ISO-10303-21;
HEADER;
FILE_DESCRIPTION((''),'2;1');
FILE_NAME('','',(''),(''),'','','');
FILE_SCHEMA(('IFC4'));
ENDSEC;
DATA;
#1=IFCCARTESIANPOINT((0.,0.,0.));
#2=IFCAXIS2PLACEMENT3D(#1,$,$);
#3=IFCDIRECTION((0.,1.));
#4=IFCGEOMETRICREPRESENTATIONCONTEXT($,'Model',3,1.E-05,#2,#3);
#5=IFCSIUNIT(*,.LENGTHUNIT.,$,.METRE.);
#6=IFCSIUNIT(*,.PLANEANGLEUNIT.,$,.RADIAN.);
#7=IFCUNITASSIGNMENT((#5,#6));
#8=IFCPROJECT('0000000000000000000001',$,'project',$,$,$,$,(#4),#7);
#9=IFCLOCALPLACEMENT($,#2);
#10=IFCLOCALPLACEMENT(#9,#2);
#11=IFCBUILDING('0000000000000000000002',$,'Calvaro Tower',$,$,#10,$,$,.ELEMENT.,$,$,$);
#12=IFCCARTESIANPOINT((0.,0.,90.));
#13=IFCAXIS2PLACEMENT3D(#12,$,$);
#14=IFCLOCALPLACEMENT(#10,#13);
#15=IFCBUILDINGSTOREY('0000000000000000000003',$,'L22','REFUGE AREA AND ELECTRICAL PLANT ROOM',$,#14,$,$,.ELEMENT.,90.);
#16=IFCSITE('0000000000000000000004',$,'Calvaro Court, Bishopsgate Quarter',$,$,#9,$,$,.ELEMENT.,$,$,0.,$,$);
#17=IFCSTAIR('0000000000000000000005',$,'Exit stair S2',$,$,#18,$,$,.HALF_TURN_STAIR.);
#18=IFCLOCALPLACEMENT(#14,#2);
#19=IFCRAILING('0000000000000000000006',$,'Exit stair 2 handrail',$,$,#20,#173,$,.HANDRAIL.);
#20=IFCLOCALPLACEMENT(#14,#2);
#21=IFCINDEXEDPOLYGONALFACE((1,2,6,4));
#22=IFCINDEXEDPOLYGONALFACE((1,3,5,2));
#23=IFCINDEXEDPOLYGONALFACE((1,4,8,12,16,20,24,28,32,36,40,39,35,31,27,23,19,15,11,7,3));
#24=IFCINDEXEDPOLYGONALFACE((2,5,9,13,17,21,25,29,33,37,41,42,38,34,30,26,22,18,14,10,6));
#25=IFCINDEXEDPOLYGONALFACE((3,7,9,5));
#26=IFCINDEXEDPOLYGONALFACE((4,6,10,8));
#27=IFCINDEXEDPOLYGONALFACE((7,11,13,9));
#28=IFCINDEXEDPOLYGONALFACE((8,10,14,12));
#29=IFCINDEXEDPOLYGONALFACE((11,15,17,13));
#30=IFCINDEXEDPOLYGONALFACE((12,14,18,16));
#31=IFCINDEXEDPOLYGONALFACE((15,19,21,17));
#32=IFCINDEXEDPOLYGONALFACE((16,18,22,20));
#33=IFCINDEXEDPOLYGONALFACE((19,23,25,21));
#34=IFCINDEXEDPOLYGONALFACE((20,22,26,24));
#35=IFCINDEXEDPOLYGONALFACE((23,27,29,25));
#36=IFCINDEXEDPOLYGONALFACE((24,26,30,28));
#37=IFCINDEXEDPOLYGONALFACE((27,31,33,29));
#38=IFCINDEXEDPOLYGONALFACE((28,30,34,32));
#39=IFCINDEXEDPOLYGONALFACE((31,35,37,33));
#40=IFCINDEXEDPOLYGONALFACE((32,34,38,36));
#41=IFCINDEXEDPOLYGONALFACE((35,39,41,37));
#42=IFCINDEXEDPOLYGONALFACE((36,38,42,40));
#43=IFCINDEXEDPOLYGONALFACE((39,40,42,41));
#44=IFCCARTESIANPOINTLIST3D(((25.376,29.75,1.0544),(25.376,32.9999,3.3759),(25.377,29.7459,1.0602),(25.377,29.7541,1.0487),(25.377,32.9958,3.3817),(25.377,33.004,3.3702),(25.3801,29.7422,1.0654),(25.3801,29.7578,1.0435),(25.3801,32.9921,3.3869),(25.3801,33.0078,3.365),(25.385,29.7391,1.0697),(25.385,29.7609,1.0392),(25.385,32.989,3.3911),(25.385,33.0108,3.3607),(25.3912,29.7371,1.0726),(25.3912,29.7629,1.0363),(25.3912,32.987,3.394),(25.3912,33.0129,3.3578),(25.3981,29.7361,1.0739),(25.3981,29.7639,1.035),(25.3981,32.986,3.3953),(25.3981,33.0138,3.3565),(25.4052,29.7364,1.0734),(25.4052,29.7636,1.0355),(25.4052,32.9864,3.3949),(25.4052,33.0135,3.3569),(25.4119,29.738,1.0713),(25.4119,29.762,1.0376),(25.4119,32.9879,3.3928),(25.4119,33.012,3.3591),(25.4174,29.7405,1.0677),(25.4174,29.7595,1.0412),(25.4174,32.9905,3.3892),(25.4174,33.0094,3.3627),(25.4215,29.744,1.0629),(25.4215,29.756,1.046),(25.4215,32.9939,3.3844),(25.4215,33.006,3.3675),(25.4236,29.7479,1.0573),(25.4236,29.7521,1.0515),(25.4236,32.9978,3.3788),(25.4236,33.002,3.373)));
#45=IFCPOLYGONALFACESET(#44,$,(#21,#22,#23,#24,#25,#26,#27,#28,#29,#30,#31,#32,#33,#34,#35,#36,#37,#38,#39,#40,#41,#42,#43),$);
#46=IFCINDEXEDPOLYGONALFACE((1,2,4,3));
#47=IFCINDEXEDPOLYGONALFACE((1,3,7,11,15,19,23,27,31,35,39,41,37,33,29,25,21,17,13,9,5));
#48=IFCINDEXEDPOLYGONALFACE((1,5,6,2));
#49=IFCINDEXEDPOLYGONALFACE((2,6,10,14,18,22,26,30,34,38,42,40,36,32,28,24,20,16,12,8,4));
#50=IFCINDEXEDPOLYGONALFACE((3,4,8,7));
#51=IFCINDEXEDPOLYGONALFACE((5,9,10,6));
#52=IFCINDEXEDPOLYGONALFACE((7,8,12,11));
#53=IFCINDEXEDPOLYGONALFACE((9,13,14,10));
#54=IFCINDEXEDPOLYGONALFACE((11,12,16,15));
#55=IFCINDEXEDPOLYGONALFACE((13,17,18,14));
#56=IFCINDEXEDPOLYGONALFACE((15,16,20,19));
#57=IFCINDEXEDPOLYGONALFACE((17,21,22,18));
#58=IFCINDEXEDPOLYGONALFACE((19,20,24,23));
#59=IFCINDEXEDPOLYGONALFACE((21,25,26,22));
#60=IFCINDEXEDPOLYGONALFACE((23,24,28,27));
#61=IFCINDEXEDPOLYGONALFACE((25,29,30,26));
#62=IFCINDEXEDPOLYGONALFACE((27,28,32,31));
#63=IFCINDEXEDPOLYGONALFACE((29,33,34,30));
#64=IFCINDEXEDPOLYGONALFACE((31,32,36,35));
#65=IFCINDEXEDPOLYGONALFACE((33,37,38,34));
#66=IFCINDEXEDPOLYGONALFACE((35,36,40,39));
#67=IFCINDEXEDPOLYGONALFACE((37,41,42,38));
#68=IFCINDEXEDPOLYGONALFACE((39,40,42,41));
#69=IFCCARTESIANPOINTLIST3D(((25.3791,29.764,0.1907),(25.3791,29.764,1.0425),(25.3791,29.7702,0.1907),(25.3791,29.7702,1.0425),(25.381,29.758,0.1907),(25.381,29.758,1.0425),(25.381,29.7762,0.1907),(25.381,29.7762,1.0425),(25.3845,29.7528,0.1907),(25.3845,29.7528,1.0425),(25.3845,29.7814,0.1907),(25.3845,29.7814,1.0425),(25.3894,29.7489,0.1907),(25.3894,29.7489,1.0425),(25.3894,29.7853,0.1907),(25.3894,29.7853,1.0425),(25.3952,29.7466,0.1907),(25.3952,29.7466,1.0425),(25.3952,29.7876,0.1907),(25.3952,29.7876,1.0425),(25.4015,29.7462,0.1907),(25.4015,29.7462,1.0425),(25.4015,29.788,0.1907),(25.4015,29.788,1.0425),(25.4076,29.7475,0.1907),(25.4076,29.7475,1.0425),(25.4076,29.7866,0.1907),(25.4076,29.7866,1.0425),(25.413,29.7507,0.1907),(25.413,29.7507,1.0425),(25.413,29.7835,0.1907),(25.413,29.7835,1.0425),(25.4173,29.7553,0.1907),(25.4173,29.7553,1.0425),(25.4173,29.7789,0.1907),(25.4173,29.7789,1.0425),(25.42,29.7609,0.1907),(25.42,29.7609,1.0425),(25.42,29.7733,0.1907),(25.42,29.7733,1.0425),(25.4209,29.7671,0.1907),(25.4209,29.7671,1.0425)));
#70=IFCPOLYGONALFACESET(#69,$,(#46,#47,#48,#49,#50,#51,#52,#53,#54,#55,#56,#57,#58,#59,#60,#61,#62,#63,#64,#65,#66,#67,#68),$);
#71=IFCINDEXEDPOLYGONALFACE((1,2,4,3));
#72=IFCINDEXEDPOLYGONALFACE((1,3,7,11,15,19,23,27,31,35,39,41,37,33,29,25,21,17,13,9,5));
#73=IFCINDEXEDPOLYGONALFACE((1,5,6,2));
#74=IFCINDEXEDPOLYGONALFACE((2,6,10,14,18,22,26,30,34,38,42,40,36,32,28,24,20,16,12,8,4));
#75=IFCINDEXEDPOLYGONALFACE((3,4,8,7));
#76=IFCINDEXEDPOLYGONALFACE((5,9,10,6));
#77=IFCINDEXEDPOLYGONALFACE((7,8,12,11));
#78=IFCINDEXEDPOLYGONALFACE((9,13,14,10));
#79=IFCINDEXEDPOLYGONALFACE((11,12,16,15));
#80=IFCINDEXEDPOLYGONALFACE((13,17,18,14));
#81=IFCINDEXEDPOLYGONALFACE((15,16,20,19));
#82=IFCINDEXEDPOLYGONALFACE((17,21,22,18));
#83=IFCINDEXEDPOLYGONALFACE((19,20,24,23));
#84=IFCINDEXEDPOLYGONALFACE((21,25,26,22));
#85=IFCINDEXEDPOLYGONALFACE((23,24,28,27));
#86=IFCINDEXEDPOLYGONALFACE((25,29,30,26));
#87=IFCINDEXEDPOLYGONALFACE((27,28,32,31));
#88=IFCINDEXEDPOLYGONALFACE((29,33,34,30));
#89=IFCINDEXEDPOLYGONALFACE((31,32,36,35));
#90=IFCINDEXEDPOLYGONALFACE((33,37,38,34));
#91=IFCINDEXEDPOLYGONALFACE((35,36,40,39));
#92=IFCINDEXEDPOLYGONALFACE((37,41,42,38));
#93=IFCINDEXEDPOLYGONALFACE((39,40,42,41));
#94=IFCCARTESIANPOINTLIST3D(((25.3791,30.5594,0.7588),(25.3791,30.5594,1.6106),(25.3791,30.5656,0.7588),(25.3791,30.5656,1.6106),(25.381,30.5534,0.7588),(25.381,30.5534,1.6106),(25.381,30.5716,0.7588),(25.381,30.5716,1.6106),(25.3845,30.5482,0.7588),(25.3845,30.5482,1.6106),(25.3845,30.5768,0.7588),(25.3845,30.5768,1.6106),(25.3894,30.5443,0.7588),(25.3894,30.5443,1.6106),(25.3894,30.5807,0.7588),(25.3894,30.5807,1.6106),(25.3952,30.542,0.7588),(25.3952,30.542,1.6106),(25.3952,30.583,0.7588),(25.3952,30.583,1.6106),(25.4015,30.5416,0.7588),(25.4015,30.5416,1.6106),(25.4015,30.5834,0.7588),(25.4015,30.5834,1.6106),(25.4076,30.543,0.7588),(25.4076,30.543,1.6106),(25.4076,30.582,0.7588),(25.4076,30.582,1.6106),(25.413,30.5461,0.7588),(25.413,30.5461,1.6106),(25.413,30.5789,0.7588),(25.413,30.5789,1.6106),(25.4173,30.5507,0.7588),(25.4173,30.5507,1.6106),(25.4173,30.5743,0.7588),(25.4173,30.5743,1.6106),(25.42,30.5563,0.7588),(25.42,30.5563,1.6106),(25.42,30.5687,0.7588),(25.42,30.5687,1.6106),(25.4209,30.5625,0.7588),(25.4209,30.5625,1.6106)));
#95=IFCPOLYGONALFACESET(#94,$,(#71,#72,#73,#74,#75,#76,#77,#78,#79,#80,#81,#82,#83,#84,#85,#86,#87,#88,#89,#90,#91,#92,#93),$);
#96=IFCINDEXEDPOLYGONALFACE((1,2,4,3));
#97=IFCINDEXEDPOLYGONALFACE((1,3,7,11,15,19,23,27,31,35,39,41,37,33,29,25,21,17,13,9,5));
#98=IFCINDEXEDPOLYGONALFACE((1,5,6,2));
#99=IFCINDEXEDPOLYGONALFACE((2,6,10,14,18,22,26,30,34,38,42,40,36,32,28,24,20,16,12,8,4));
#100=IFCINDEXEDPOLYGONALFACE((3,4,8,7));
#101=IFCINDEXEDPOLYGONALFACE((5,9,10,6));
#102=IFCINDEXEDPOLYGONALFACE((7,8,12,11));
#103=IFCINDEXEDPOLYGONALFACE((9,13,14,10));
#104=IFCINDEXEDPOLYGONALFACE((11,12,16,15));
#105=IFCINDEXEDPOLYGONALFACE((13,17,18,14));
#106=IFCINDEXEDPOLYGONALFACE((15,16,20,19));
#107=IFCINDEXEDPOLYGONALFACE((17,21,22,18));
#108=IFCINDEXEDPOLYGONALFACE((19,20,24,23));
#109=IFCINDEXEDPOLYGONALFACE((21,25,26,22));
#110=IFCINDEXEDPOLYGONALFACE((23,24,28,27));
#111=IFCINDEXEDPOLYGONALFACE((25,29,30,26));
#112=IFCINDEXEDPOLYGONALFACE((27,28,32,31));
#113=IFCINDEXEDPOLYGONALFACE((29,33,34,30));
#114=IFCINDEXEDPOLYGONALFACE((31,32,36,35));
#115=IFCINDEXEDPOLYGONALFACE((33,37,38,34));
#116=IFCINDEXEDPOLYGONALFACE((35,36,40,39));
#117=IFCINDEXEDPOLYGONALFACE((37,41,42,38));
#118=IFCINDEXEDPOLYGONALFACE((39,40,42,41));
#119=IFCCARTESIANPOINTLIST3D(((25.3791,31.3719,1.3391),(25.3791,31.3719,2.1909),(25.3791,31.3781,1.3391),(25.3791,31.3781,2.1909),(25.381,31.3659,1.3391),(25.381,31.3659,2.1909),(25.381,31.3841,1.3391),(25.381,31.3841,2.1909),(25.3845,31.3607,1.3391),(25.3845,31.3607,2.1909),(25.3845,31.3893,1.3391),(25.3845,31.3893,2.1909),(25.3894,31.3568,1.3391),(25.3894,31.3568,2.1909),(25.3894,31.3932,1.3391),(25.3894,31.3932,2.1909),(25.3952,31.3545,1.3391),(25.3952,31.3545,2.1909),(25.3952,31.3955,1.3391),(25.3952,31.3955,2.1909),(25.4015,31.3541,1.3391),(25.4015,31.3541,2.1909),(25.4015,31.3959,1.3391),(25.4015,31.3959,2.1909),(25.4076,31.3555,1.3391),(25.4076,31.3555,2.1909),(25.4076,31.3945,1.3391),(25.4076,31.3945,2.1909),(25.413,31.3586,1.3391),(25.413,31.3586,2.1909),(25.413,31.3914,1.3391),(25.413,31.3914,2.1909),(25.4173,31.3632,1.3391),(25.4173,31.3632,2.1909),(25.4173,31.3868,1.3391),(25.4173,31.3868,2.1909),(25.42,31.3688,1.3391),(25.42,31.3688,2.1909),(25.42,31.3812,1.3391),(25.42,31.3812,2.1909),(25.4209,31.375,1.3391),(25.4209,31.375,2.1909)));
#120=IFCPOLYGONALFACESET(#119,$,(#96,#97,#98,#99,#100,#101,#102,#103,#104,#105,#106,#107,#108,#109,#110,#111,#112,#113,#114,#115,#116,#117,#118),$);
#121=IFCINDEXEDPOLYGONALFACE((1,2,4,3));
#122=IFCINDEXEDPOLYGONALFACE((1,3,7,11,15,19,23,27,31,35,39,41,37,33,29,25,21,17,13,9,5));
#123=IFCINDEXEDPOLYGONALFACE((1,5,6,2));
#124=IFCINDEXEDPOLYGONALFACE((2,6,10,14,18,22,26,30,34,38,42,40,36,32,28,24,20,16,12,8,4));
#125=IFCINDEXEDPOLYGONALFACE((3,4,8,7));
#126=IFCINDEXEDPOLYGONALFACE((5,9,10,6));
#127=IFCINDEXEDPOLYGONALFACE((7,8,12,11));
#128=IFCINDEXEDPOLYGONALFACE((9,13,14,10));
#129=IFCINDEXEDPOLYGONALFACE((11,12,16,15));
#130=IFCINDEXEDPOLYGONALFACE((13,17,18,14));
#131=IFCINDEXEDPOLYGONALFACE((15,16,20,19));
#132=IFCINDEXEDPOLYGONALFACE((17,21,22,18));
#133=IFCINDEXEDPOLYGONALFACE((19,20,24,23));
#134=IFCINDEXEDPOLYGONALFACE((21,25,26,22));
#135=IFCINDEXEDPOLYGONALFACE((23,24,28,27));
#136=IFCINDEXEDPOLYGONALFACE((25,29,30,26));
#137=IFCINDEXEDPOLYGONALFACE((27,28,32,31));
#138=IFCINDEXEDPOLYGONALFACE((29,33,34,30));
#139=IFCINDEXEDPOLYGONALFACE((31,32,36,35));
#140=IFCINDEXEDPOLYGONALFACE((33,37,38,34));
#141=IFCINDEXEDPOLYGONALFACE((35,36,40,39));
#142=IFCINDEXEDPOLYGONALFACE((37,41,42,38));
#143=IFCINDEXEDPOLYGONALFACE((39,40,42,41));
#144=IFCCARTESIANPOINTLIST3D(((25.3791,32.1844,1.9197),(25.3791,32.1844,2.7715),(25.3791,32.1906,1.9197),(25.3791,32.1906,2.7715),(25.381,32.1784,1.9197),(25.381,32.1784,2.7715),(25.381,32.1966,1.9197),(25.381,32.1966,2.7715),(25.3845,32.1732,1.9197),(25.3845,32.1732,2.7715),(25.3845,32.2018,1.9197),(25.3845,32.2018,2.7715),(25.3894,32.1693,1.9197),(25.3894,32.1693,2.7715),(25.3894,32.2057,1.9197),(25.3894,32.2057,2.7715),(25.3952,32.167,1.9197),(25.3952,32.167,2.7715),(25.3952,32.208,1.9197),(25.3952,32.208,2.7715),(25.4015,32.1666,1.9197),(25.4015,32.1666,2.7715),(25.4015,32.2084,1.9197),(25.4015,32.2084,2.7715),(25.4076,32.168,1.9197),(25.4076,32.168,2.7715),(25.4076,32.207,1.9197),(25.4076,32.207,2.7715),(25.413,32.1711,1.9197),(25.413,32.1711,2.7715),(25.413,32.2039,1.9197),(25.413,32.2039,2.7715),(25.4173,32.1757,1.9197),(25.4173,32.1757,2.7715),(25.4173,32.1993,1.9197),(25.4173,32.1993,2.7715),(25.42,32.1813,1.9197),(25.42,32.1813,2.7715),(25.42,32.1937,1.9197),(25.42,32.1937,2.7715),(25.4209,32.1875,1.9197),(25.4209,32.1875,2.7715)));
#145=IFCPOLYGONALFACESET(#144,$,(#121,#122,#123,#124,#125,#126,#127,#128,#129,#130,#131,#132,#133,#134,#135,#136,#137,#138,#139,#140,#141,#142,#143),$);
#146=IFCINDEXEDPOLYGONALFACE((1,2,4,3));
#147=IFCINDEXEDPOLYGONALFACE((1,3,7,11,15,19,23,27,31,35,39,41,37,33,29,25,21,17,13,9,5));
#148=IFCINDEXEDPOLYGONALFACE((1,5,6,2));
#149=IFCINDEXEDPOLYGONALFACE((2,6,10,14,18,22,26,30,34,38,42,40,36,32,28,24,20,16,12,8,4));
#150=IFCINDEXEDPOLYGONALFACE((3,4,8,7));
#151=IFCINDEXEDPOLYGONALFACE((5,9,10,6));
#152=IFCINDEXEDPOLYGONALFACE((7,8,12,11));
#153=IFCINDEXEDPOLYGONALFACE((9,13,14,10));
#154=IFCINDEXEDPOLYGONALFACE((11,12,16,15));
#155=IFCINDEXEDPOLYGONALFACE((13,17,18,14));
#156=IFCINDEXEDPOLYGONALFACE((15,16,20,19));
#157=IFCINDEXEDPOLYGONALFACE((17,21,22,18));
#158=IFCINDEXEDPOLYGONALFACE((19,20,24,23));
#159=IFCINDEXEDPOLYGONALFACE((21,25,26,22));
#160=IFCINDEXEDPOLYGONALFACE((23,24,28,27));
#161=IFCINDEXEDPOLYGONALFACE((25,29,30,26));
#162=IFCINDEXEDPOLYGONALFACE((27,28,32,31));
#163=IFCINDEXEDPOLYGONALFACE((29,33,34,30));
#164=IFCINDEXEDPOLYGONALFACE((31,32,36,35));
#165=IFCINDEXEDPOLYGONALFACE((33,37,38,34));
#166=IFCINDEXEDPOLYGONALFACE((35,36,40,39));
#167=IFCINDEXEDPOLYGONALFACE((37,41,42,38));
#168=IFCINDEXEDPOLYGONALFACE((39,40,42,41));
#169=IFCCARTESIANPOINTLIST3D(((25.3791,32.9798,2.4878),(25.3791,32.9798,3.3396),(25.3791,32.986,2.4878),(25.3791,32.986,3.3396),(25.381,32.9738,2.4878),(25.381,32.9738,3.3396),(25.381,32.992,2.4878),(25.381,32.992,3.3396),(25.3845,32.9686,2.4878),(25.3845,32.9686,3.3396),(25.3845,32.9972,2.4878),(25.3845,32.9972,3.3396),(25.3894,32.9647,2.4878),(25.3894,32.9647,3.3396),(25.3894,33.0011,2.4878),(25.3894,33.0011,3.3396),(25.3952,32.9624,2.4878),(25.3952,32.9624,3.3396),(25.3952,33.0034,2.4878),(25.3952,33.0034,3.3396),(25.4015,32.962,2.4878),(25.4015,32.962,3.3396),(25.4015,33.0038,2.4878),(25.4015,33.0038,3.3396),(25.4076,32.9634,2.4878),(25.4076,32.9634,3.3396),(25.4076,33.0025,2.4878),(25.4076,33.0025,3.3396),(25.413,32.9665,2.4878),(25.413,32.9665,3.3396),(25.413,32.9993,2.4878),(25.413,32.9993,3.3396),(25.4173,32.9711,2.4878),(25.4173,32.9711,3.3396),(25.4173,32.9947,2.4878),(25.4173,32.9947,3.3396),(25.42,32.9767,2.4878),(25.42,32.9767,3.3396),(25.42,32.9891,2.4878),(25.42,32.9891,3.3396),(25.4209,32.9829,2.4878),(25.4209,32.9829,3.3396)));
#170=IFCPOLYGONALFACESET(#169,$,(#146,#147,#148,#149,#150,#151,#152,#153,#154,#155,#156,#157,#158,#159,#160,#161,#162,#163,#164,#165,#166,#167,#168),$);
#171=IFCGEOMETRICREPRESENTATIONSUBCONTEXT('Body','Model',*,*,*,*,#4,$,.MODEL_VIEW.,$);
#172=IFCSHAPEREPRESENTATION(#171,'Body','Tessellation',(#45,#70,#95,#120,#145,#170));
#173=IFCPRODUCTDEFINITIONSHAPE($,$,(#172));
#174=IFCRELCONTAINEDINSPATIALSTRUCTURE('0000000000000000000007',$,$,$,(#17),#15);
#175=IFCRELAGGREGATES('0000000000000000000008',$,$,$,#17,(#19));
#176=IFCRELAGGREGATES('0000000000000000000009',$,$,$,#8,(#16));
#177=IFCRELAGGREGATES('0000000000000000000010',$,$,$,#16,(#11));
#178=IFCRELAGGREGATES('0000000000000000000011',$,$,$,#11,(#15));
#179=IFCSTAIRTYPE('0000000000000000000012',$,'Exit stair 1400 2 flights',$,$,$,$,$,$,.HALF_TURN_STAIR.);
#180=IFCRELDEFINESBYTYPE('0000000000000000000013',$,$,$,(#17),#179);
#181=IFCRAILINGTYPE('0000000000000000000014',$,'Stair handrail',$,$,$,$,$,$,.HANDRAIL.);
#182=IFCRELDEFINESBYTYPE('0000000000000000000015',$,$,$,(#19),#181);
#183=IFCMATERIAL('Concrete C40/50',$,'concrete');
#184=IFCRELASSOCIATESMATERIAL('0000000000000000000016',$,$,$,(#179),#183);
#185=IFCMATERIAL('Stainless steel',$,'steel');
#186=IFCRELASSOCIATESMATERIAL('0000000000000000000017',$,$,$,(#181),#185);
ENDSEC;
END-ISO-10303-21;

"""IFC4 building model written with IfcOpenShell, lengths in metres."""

from ifc_helpers import new_model, si_unit, direction, frame, origin, origin_2d, place, context, subcontext, project, spatial, circle, extrude, material, type_object, element, aggregate, save


model = new_model("IFC4")

# Units and contexts
model_context = context("Model", 3, precision=1e-05, world=origin(), true_north=direction((0.0, 1.0)))
body_context = subcontext(model_context, "Body", "Model", "MODEL_VIEW")
ifc_project = project(units=[si_unit("LENGTHUNIT", "METRE"), si_unit("PLANEANGLEUNIT", "RADIAN")], contexts=[model_context])

# Site, building, storey
site_placement = place(None, origin())
site = spatial("IfcSite", under=ifc_project, at=site_placement, Name="Calvaro Court, Bishopsgate Quarter", CompositionType="ELEMENT", RefElevation=0.0)
building_placement = place(site_placement, origin())
building = spatial("IfcBuilding", under=site, at=building_placement, Name="Calvaro Tower", CompositionType="ELEMENT")
storey_placement = place(building_placement, frame((0.0, 0.0, 90.0)))
storey = spatial("IfcBuildingStorey", under=building, at=storey_placement, Name="L22", Description="REFUGE AREA AND ELECTRICAL PLANT ROOM", CompositionType="ELEMENT", Elevation=90.0)

# Stair
ifc_material_1 = material(Name="Concrete C40/50", Category="concrete")
stair_type = type_object("IfcStairType", Name="Exit stair 1400 2 flights", PredefinedType="HALF_TURN_STAIR", material=ifc_material_1)
stair_1_placement = place(storey_placement, origin())
stair_1 = element("IfcStair", 1, at=stair_1_placement, inside=storey, type_object=stair_type, Name="Exit stair S2", PredefinedType="HALF_TURN_STAIR")

# Railing
ifc_material_2 = material(Name="Stainless steel", Category="steel")
railing_type = type_object("IfcRailingType", Name="Stair handrail", PredefinedType="HANDRAIL", material=ifc_material_2)
railing_1_placement = place(storey_placement, frame((25.3999, 29.75, 0.1785)))
railing_1 = element("IfcRailing", 2, at=railing_1_placement, type_object=railing_type, Name="Exit stair 2 handrail", PredefinedType="HANDRAIL", context=body_context, shape_type="SweptSolid", body=[
    extrude(circle(Radius=0.0239, at=origin_2d()), frame((0.0, 0.0, 0.876), z_axis=(0.0, 0.813721, 0.581256), x_axis=(-1.0, 0.0, 0.0)), (0.0, 0.0, 1.0), 3.9939),
    extrude(circle(Radius=0.021, at=origin_2d()), frame((0.0, 0.0171, 0.0122)), (0.0, 0.0, 1.0), 0.8518),
    extrude(circle(Radius=0.021, at=origin_2d()), frame((0.0, 0.8125, 0.5803)), (0.0, 0.0, 1.0), 0.8518),
    extrude(circle(Radius=0.021, at=origin_2d()), frame((0.0, 1.625, 1.1606)), (0.0, 0.0, 1.0), 0.8518),
    extrude(circle(Radius=0.021, at=origin_2d()), frame((0.0, 2.4375, 1.7412)), (0.0, 0.0, 1.0), 0.8518),
    extrude(circle(Radius=0.021, at=origin_2d()), frame((0.0, 3.2329, 2.3093)), (0.0, 0.0, 1.0), 0.8518),
])
aggregate(stair_1, [railing_1])

save(model, "model.ifc")
